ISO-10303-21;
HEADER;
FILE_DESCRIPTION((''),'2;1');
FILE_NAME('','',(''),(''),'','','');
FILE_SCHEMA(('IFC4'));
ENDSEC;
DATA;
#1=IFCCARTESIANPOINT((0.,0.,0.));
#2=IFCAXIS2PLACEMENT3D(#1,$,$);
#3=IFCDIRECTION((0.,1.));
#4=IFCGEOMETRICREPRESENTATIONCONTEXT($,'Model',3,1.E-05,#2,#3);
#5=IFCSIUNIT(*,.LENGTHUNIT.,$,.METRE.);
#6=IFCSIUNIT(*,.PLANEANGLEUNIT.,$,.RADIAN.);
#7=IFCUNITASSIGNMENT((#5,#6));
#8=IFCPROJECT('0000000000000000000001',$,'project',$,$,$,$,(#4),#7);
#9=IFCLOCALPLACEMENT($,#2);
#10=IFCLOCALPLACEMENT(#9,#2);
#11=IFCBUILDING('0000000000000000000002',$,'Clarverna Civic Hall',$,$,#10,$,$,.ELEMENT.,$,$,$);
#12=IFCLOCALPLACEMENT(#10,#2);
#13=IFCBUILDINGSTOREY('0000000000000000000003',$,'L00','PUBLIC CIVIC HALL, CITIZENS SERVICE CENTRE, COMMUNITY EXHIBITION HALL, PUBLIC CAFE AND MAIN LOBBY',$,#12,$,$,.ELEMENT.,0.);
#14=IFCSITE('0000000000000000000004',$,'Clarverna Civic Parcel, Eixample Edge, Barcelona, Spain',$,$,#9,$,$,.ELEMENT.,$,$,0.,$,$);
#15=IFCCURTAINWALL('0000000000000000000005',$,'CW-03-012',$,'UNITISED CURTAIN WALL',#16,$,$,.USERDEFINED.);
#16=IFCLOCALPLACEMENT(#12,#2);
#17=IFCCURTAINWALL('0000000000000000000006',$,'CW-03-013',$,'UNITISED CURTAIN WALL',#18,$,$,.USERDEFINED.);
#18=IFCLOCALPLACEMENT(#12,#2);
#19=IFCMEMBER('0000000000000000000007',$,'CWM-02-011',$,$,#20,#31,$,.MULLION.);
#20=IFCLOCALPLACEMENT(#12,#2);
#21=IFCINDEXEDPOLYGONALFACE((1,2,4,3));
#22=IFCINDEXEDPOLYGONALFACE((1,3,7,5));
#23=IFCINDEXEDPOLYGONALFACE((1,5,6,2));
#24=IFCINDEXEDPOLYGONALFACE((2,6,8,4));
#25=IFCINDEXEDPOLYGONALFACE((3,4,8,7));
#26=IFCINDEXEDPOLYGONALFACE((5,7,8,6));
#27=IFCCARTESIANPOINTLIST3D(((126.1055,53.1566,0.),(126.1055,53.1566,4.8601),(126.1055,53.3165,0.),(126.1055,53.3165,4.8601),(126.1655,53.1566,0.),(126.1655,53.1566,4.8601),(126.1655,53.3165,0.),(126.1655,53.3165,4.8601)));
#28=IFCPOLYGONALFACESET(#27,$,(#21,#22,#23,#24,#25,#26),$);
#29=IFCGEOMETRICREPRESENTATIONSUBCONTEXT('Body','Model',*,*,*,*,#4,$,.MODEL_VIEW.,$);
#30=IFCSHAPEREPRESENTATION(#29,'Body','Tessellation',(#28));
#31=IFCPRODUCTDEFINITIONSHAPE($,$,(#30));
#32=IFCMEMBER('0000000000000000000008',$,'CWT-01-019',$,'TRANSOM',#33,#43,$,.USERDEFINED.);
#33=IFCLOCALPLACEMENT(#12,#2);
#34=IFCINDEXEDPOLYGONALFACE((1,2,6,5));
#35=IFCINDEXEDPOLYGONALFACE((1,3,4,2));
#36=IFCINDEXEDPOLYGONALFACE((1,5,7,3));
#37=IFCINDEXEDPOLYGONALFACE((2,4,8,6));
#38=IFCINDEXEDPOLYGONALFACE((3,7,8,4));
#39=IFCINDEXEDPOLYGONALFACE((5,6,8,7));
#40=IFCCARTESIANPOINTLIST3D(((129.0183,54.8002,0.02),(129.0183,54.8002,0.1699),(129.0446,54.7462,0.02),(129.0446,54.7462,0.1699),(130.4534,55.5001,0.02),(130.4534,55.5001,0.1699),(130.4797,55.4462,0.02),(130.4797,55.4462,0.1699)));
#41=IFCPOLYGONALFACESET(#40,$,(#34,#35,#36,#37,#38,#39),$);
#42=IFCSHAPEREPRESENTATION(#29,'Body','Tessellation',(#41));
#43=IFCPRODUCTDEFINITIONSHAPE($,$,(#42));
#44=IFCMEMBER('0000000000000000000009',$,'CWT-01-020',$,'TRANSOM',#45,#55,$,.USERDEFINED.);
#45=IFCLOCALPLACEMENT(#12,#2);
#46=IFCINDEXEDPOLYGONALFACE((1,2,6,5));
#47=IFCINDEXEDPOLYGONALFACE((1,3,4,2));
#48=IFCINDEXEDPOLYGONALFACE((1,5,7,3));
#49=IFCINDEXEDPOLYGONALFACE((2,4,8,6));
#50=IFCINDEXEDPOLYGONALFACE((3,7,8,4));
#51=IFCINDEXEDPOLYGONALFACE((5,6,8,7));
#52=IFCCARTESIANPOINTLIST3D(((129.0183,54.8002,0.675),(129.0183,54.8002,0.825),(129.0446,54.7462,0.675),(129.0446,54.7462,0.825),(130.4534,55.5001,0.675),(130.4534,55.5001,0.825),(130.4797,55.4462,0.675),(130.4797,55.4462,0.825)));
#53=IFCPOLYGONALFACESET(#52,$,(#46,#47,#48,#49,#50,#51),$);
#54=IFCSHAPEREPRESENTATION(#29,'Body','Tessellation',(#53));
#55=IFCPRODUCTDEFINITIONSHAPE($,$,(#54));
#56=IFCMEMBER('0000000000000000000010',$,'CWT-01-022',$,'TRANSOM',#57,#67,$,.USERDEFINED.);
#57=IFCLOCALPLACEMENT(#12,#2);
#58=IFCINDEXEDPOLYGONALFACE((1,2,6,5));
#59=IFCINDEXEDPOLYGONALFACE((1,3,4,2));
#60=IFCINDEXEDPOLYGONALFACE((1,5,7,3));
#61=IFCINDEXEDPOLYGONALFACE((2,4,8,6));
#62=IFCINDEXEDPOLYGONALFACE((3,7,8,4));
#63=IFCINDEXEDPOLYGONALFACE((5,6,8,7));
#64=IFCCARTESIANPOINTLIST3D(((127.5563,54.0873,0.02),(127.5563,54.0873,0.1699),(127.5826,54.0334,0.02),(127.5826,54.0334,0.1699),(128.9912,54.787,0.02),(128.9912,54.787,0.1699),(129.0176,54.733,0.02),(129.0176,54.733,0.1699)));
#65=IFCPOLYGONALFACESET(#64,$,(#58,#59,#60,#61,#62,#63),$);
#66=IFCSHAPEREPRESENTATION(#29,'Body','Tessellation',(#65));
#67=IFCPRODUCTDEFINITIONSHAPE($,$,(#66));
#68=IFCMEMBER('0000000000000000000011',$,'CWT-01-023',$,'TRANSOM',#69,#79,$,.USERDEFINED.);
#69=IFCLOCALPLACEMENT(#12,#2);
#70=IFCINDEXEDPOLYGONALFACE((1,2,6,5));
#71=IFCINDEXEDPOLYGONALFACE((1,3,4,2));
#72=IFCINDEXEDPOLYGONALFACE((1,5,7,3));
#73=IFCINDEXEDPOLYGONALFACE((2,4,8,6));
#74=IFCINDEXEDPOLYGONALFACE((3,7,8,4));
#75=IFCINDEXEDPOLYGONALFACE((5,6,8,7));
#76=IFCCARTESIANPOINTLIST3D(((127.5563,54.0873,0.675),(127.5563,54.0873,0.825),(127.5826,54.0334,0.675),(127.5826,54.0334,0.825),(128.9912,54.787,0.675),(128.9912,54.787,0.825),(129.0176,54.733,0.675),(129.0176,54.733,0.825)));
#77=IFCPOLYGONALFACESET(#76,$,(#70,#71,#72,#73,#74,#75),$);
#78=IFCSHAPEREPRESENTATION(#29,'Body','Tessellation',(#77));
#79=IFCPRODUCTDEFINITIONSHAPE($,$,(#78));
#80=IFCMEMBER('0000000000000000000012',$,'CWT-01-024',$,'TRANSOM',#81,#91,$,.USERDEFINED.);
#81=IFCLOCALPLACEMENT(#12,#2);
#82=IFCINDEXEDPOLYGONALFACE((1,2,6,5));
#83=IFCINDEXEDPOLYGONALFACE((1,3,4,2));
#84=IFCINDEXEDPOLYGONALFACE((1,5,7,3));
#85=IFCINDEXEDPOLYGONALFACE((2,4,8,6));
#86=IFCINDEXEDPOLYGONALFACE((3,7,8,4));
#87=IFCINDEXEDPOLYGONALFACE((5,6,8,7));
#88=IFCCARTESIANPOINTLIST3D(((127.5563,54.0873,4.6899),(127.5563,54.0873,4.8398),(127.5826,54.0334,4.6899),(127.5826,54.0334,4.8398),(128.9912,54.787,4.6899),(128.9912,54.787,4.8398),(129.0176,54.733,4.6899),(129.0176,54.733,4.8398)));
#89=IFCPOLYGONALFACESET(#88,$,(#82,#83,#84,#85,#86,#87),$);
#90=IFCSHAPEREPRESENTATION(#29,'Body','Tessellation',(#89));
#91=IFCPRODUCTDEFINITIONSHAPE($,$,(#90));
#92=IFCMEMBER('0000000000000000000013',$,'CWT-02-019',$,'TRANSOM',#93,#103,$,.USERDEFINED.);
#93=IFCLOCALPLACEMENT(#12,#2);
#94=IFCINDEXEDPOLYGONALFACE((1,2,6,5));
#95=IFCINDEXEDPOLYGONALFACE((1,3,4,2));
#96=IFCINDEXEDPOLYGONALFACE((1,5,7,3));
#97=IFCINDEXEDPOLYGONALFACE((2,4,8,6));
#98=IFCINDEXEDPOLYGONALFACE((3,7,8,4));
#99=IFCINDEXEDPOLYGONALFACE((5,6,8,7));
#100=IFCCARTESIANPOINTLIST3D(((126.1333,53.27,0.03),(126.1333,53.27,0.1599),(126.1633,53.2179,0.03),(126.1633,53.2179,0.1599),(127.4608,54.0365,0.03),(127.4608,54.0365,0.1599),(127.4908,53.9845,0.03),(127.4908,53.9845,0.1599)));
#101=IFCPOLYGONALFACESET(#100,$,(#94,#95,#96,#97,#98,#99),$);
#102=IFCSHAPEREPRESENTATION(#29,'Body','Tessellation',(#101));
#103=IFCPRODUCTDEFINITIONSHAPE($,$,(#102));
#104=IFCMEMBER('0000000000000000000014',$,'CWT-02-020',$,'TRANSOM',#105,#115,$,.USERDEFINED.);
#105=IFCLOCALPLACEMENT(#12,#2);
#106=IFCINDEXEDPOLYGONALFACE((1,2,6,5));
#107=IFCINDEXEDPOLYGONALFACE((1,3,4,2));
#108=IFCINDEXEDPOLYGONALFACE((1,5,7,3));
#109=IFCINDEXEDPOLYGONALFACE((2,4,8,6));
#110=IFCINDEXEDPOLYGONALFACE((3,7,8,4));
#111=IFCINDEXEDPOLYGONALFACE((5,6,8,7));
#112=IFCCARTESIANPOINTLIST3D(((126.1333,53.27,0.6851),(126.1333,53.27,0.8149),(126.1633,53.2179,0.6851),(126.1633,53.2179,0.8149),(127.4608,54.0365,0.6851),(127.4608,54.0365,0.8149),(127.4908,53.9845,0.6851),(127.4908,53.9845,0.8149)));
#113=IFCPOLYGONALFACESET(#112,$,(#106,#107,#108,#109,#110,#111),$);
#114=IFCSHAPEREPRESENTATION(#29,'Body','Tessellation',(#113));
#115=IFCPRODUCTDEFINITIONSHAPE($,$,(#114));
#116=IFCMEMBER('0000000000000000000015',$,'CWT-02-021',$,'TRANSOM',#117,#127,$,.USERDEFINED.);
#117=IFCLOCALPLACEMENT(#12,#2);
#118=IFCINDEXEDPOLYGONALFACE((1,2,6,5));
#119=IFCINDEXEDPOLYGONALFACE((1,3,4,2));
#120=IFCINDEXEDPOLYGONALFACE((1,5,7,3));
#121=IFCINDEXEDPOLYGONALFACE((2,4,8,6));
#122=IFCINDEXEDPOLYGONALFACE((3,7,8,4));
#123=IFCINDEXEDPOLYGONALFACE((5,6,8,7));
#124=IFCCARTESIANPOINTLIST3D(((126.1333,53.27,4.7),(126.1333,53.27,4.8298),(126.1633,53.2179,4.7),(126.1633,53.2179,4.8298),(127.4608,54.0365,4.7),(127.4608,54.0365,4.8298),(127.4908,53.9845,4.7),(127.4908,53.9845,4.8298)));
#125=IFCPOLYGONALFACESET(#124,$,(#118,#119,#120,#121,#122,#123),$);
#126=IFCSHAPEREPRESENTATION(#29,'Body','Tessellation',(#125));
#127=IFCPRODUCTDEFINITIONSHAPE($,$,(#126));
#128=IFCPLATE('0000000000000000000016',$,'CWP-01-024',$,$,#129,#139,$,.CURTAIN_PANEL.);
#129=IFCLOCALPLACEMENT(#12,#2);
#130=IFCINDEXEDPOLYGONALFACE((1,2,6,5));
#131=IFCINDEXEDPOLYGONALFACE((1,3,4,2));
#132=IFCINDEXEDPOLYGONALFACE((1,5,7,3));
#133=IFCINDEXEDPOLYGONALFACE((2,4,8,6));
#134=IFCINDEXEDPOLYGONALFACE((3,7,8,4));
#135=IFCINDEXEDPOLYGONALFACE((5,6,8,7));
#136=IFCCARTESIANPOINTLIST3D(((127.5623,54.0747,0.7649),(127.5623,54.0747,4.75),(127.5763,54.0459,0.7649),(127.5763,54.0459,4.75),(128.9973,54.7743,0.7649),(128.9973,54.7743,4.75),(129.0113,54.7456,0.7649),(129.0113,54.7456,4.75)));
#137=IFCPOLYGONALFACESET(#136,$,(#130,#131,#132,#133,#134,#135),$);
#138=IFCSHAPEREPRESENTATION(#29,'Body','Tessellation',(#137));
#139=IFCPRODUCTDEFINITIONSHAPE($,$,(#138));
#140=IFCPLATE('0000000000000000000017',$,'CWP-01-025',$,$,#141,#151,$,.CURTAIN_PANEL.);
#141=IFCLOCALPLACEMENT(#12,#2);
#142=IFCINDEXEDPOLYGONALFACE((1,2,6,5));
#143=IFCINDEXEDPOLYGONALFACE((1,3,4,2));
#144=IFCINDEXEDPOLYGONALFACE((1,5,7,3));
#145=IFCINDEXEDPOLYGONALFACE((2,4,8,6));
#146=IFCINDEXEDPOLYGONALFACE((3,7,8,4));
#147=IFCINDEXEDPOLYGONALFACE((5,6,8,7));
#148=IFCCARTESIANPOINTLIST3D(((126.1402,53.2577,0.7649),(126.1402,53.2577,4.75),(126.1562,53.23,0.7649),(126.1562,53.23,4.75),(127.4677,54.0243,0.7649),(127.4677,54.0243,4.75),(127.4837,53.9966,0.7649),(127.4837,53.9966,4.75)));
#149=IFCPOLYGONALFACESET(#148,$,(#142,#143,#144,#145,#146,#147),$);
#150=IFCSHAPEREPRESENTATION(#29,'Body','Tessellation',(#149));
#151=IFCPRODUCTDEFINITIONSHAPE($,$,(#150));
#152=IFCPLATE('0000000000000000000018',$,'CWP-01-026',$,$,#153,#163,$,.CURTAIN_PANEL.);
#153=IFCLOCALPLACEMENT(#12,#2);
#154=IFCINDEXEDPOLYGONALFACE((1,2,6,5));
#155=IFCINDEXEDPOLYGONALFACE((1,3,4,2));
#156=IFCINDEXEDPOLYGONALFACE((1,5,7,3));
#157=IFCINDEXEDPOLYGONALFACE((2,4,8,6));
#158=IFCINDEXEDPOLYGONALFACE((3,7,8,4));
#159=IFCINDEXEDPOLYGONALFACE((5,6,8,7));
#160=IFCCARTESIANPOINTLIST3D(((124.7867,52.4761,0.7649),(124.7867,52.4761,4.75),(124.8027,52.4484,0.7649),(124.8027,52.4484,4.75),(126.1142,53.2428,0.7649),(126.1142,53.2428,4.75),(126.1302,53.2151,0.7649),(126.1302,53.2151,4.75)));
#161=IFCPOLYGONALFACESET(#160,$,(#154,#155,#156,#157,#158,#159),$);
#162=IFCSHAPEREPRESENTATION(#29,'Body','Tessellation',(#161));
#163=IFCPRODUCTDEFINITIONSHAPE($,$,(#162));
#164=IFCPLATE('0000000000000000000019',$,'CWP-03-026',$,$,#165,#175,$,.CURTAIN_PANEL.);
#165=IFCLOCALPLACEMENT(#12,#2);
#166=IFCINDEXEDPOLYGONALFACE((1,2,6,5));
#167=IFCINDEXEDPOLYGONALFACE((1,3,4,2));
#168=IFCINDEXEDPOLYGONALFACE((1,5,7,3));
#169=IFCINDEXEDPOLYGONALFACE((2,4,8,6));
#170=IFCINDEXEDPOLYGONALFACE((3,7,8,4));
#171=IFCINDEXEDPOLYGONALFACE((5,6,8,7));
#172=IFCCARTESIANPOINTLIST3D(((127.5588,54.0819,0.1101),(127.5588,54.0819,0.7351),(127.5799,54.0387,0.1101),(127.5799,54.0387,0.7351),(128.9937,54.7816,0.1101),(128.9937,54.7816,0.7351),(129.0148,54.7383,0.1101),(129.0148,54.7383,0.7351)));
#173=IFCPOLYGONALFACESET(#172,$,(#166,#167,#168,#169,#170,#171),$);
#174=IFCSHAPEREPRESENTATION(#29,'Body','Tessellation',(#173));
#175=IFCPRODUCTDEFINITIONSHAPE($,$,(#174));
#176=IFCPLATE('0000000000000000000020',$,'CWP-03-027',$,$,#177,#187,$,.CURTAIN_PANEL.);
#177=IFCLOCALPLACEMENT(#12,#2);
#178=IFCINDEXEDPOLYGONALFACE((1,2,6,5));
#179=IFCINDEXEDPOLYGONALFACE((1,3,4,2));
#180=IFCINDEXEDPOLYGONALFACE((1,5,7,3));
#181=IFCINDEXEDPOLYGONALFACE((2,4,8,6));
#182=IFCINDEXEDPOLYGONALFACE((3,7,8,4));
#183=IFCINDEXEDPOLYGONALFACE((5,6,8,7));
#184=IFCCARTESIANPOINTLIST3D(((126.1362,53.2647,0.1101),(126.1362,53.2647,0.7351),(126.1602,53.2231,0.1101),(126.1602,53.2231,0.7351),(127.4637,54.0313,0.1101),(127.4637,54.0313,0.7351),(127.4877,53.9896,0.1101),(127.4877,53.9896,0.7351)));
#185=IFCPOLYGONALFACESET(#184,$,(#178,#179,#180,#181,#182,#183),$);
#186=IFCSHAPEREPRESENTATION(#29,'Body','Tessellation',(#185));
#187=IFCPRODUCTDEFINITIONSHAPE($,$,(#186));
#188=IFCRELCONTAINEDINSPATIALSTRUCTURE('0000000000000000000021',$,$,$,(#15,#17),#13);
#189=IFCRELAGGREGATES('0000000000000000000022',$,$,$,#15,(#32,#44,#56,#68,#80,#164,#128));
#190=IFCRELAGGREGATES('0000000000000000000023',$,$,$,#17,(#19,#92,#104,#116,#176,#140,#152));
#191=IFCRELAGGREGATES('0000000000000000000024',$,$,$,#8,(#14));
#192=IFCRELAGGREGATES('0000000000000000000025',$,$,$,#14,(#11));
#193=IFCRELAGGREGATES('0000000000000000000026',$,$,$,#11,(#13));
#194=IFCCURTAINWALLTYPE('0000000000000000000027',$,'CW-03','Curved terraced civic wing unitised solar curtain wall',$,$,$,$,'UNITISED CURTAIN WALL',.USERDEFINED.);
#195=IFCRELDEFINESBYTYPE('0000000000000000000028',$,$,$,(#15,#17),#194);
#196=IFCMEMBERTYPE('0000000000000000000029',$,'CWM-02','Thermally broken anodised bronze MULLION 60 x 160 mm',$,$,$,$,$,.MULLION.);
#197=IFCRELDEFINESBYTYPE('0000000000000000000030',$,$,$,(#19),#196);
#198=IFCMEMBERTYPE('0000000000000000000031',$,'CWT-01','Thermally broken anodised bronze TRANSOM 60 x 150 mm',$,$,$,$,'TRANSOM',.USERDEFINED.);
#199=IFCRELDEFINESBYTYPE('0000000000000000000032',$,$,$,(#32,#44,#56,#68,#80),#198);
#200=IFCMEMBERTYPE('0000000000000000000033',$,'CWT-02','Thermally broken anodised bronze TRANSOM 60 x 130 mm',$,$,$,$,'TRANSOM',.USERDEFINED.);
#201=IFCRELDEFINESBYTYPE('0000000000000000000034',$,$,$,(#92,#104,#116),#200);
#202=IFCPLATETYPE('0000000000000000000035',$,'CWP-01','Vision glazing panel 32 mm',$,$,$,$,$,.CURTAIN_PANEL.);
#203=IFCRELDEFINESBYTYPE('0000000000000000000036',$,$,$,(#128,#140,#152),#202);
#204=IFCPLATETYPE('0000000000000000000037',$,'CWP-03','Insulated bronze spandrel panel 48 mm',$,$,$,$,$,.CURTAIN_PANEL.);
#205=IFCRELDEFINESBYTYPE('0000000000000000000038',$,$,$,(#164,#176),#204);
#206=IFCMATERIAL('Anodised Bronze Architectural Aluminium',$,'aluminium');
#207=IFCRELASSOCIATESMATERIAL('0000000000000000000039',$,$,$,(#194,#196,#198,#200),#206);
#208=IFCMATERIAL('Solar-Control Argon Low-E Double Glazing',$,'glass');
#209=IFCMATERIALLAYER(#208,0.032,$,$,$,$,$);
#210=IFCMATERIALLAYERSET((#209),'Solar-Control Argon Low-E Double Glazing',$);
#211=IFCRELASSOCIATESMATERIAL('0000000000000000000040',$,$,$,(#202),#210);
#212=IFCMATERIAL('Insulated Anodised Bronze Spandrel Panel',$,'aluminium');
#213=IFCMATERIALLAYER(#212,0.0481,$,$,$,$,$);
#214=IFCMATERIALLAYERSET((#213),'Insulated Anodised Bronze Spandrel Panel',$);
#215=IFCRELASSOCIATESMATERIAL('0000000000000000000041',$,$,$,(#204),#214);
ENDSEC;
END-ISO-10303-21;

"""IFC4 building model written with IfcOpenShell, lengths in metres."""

from ifc_helpers import new_model, si_unit, direction, frame, frame_2d, origin, origin_2d, place, context, subcontext, project, spatial, rectangle, extrude, material, layer, layer_set, material_profile, profile_set, type_object, element, aggregate, save


model = new_model("IFC4")

# Units and contexts
model_context = context("Model", 3, precision=1e-05, world=origin(), true_north=direction((0.0, 1.0)))
body_context = subcontext(model_context, "Body", "Model", "MODEL_VIEW")
ifc_project = project(units=[si_unit("LENGTHUNIT", "METRE"), si_unit("PLANEANGLEUNIT", "RADIAN")], contexts=[model_context])

# Site, building, storey
site_placement = place(None, origin())
site = spatial("IfcSite", under=ifc_project, at=site_placement, Name="Clarverna Civic Parcel, Eixample Edge, Barcelona, Spain", CompositionType="ELEMENT", RefElevation=0.0)
building_placement = place(site_placement, origin())
building = spatial("IfcBuilding", under=site, at=building_placement, Name="Clarverna Civic Hall", CompositionType="ELEMENT")
storey_placement = place(building_placement, origin())
storey = spatial("IfcBuildingStorey", under=building, at=storey_placement, Name="L00", Description="PUBLIC CIVIC HALL, CITIZENS SERVICE CENTRE, COMMUNITY EXHIBITION HALL, PUBLIC CAFE AND MAIN LOBBY", CompositionType="ELEMENT", Elevation=0.0)

# Curtain walls, member
ifc_material_1 = material(Name="Anodised Bronze Architectural Aluminium", Category="aluminium")
curtain_wall_type = type_object("IfcCurtainWallType", Name="CW-03", Description="Curved terraced civic wing unitised solar curtain wall", ElementType="UNITISED CURTAIN WALL", PredefinedType="USERDEFINED", material=ifc_material_1)
curtain_wall_1_placement = place(storey_placement, origin())
curtain_wall_1 = element("IfcCurtainWall", 1, at=curtain_wall_1_placement, inside=storey, type_object=curtain_wall_type, Name="CW-03-012", ObjectType="UNITISED CURTAIN WALL", PredefinedType="USERDEFINED")
curtain_wall_2_placement = place(storey_placement, origin())
curtain_wall_2 = element("IfcCurtainWall", 2, at=curtain_wall_2_placement, inside=storey, type_object=curtain_wall_type, Name="CW-03-013", ObjectType="UNITISED CURTAIN WALL", PredefinedType="USERDEFINED")
ifc_material_profile_1 = material_profile(ifc_material_1, rectangle(XDim=0.0601, YDim=0.1599, at=origin_2d()), Name="BRONZE 60x160")
ifc_profile_set_1 = profile_set([ifc_material_profile_1], Name="Anodised Bronze Architectural Aluminium")
member_type_1 = type_object("IfcMemberType", Name="CWM-02", Description="Thermally broken anodised bronze MULLION 60 x 160 mm", PredefinedType="MULLION", material=ifc_profile_set_1)
member_1_placement = place(storey_placement, frame((126.1355, 53.2366, 0.0), z_axis=(0.0, 0.0, 1.0), x_axis=(1.0, 0.0, 0.0)))
member_1 = element("IfcMember", 3, at=member_1_placement, type_object=member_type_1, Name="CWM-02-011", PredefinedType="MULLION", context=body_context, shape_type="SweptSolid", body=[
    extrude(rectangle(XDim=0.0601, YDim=0.1599, at=origin_2d()), origin(), (0.0, 0.0, 1.0), 4.8601),
])

# Members
ifc_material_profile_2 = material_profile(ifc_material_1, rectangle(XDim=0.0601, YDim=0.1499, at=origin_2d()), Name="BRONZE 60x150")
ifc_profile_set_2 = profile_set([ifc_material_profile_2], Name="Anodised Bronze Architectural Aluminium")
member_type_2 = type_object("IfcMemberType", Name="CWT-01", Description="Thermally broken anodised bronze TRANSOM 60 x 150 mm", ElementType="TRANSOM", PredefinedType="USERDEFINED", material=ifc_profile_set_2)
member_2_placement = place(storey_placement, frame((130.4666, 55.4731, 0.095), z_axis=(-0.898788, -0.438384, 0.0), x_axis=(0.438384, -0.898788, 0.0)))
member_2 = element("IfcMember", 4, at=member_2_placement, type_object=member_type_2, Name="CWT-01-019", ObjectType="TRANSOM", PredefinedType="USERDEFINED", context=body_context, shape_type="SweptSolid", body=[
    extrude(rectangle(XDim=0.0601, YDim=0.1499, at=origin_2d()), origin(), (0.0, 0.0, 1.0), 1.5967),
])
member_3_placement = place(storey_placement, frame((130.4666, 55.4731, 0.75), z_axis=(-0.898788, -0.438384, 0.0), x_axis=(0.438384, -0.898788, 0.0)))
member_3 = element("IfcMember", 5, at=member_3_placement, type_object=member_type_2, Name="CWT-01-020", ObjectType="TRANSOM", PredefinedType="USERDEFINED", context=body_context, shape_type="SweptSolid", body=[
    extrude(rectangle(XDim=0.0601, YDim=0.1499, at=origin_2d()), origin(), (0.0, 0.0, 1.0), 1.5967),
])
member_4_placement = place(storey_placement, frame((129.0044, 54.76, 0.095), z_axis=(-0.898848, -0.438261, 0.0), x_axis=(0.438261, -0.898848, 0.0)))
member_4 = element("IfcMember", 6, at=member_4_placement, type_object=member_type_2, Name="CWT-01-022", ObjectType="TRANSOM", PredefinedType="USERDEFINED", context=body_context, shape_type="SweptSolid", body=[
    extrude(rectangle(XDim=0.0601, YDim=0.1499, at=origin_2d()), origin(), (0.0, 0.0, 1.0), 1.5964),
])
member_5_placement = place(storey_placement, frame((129.0044, 54.76, 0.75), z_axis=(-0.898848, -0.438261, 0.0), x_axis=(0.438261, -0.898848, 0.0)))
member_5 = element("IfcMember", 7, at=member_5_placement, type_object=member_type_2, Name="CWT-01-023", ObjectType="TRANSOM", PredefinedType="USERDEFINED", context=body_context, shape_type="SweptSolid", body=[
    extrude(rectangle(XDim=0.0601, YDim=0.1499, at=origin_2d()), origin(), (0.0, 0.0, 1.0), 1.5964),
])
member_6_placement = place(storey_placement, frame((129.0044, 54.76, 4.7649), z_axis=(-0.898848, -0.438261, 0.0), x_axis=(0.438261, -0.898848, 0.0)))
member_6 = element("IfcMember", 8, at=member_6_placement, type_object=member_type_2, Name="CWT-01-024", ObjectType="TRANSOM", PredefinedType="USERDEFINED", context=body_context, shape_type="SweptSolid", body=[
    extrude(rectangle(XDim=0.0601, YDim=0.1499, at=origin_2d()), origin(), (0.0, 0.0, 1.0), 1.5964),
])
ifc_material_profile_3 = material_profile(ifc_material_1, rectangle(XDim=0.0601, YDim=0.1299, at=origin_2d()), Name="BRONZE 60x130")
ifc_profile_set_3 = profile_set([ifc_material_profile_3], Name="Anodised Bronze Architectural Aluminium")
member_type_3 = type_object("IfcMemberType", Name="CWT-02", Description="Thermally broken anodised bronze TRANSOM 60 x 130 mm", ElementType="TRANSOM", PredefinedType="USERDEFINED", material=ifc_profile_set_3)
member_7_placement = place(storey_placement, frame((127.4758, 54.0105, 0.095), z_axis=(-0.866, -0.500044, 0.0), x_axis=(0.500044, -0.866, 0.0)))
member_7 = element("IfcMember", 9, at=member_7_placement, type_object=member_type_3, Name="CWT-02-019", ObjectType="TRANSOM", PredefinedType="USERDEFINED", context=body_context, shape_type="SweptSolid", body=[
    extrude(rectangle(XDim=0.0601, YDim=0.1299, at=origin_2d()), origin(), (0.0, 0.0, 1.0), 1.533),
])
member_8_placement = place(storey_placement, frame((127.4758, 54.0105, 0.75), z_axis=(-0.866, -0.500044, 0.0), x_axis=(0.500044, -0.866, 0.0)))
member_8 = element("IfcMember", 10, at=member_8_placement, type_object=member_type_3, Name="CWT-02-020", ObjectType="TRANSOM", PredefinedType="USERDEFINED", context=body_context, shape_type="SweptSolid", body=[
    extrude(rectangle(XDim=0.0601, YDim=0.1299, at=origin_2d()), origin(), (0.0, 0.0, 1.0), 1.533),
])
member_9_placement = place(storey_placement, frame((127.4758, 54.0105, 4.7649), z_axis=(-0.866, -0.500044, 0.0), x_axis=(0.500044, -0.866, 0.0)))
member_9 = element("IfcMember", 11, at=member_9_placement, type_object=member_type_3, Name="CWT-02-021", ObjectType="TRANSOM", PredefinedType="USERDEFINED", context=body_context, shape_type="SweptSolid", body=[
    extrude(rectangle(XDim=0.0601, YDim=0.1299, at=origin_2d()), origin(), (0.0, 0.0, 1.0), 1.533),
])

# Plates
ifc_material_2 = material(Name="Solar-Control Argon Low-E Double Glazing", Category="glass")
ifc_layer_1 = layer(ifc_material_2, 0.032)
ifc_layer_set_1 = layer_set([ifc_layer_1], Name="Solar-Control Argon Low-E Double Glazing")
plate_type_1 = type_object("IfcPlateType", Name="CWP-01", Description="Vision glazing panel 32 mm", PredefinedType="CURTAIN_PANEL", material=ifc_layer_set_1)
plate_1_placement = place(storey_placement, frame((129.0044, 54.76, 0.7649), z_axis=(0.0, 0.0, 1.0), x_axis=(-0.898848, -0.438261, 0.0)))
plate_1 = element("IfcPlate", 12, at=plate_1_placement, type_object=plate_type_1, Name="CWP-01-024", PredefinedType="CURTAIN_PANEL", context=body_context, shape_type="SweptSolid", body=[
    extrude(rectangle(XDim=1.5964, YDim=0.032, at=frame_2d((0.7983, 0.0))), origin(), (0.0, 0.0, 1.0), 3.9851),
])
plate_2_placement = place(storey_placement, frame((127.4758, 54.0105, 0.7649), z_axis=(0.0, 0.0, 1.0), x_axis=(-0.866, -0.500044, 0.0)))
plate_2 = element("IfcPlate", 13, at=plate_2_placement, type_object=plate_type_1, Name="CWP-01-025", PredefinedType="CURTAIN_PANEL", context=body_context, shape_type="SweptSolid", body=[
    extrude(rectangle(XDim=1.533, YDim=0.032, at=frame_2d((0.7666, 0.0))), origin(), (0.0, 0.0, 1.0), 3.9851),
])
plate_3_placement = place(storey_placement, frame((126.1223, 53.229, 0.7649), z_axis=(0.0, 0.0, 1.0), x_axis=(-0.86596, -0.500113, 0.0)))
plate_3 = element("IfcPlate", 14, at=plate_3_placement, type_object=plate_type_1, Name="CWP-01-026", PredefinedType="CURTAIN_PANEL", context=body_context, shape_type="SweptSolid", body=[
    extrude(rectangle(XDim=1.533, YDim=0.032, at=frame_2d((0.7666, 0.0))), origin(), (0.0, 0.0, 1.0), 3.9851),
])
ifc_material_3 = material(Name="Insulated Anodised Bronze Spandrel Panel", Category="aluminium")
ifc_layer_2 = layer(ifc_material_3, 0.0481)
ifc_layer_set_2 = layer_set([ifc_layer_2], Name="Insulated Anodised Bronze Spandrel Panel")
plate_type_2 = type_object("IfcPlateType", Name="CWP-03", Description="Insulated bronze spandrel panel 48 mm", PredefinedType="CURTAIN_PANEL", material=ifc_layer_set_2)
plate_4_placement = place(storey_placement, frame((129.0044, 54.76, 0.1101), z_axis=(0.0, 0.0, 1.0), x_axis=(-0.898848, -0.438261, 0.0)))
plate_4 = element("IfcPlate", 15, at=plate_4_placement, type_object=plate_type_2, Name="CWP-03-026", PredefinedType="CURTAIN_PANEL", context=body_context, shape_type="SweptSolid", body=[
    extrude(rectangle(XDim=1.5964, YDim=0.0481, at=frame_2d((0.7983, 0.0))), origin(), (0.0, 0.0, 1.0), 0.625),
])
aggregate(curtain_wall_1, [member_2, member_3, member_4, member_5, member_6, plate_4, plate_1])
plate_5_placement = place(storey_placement, frame((127.4758, 54.0105, 0.1101), z_axis=(0.0, 0.0, 1.0), x_axis=(-0.866, -0.500044, 0.0)))
plate_5 = element("IfcPlate", 16, at=plate_5_placement, type_object=plate_type_2, Name="CWP-03-027", PredefinedType="CURTAIN_PANEL", context=body_context, shape_type="SweptSolid", body=[
    extrude(rectangle(XDim=1.533, YDim=0.0481, at=frame_2d((0.7666, 0.0))), origin(), (0.0, 0.0, 1.0), 0.625),
])
aggregate(curtain_wall_2, [member_1, member_7, member_8, member_9, plate_5, plate_2, plate_3])

save(model, "model.ifc")
